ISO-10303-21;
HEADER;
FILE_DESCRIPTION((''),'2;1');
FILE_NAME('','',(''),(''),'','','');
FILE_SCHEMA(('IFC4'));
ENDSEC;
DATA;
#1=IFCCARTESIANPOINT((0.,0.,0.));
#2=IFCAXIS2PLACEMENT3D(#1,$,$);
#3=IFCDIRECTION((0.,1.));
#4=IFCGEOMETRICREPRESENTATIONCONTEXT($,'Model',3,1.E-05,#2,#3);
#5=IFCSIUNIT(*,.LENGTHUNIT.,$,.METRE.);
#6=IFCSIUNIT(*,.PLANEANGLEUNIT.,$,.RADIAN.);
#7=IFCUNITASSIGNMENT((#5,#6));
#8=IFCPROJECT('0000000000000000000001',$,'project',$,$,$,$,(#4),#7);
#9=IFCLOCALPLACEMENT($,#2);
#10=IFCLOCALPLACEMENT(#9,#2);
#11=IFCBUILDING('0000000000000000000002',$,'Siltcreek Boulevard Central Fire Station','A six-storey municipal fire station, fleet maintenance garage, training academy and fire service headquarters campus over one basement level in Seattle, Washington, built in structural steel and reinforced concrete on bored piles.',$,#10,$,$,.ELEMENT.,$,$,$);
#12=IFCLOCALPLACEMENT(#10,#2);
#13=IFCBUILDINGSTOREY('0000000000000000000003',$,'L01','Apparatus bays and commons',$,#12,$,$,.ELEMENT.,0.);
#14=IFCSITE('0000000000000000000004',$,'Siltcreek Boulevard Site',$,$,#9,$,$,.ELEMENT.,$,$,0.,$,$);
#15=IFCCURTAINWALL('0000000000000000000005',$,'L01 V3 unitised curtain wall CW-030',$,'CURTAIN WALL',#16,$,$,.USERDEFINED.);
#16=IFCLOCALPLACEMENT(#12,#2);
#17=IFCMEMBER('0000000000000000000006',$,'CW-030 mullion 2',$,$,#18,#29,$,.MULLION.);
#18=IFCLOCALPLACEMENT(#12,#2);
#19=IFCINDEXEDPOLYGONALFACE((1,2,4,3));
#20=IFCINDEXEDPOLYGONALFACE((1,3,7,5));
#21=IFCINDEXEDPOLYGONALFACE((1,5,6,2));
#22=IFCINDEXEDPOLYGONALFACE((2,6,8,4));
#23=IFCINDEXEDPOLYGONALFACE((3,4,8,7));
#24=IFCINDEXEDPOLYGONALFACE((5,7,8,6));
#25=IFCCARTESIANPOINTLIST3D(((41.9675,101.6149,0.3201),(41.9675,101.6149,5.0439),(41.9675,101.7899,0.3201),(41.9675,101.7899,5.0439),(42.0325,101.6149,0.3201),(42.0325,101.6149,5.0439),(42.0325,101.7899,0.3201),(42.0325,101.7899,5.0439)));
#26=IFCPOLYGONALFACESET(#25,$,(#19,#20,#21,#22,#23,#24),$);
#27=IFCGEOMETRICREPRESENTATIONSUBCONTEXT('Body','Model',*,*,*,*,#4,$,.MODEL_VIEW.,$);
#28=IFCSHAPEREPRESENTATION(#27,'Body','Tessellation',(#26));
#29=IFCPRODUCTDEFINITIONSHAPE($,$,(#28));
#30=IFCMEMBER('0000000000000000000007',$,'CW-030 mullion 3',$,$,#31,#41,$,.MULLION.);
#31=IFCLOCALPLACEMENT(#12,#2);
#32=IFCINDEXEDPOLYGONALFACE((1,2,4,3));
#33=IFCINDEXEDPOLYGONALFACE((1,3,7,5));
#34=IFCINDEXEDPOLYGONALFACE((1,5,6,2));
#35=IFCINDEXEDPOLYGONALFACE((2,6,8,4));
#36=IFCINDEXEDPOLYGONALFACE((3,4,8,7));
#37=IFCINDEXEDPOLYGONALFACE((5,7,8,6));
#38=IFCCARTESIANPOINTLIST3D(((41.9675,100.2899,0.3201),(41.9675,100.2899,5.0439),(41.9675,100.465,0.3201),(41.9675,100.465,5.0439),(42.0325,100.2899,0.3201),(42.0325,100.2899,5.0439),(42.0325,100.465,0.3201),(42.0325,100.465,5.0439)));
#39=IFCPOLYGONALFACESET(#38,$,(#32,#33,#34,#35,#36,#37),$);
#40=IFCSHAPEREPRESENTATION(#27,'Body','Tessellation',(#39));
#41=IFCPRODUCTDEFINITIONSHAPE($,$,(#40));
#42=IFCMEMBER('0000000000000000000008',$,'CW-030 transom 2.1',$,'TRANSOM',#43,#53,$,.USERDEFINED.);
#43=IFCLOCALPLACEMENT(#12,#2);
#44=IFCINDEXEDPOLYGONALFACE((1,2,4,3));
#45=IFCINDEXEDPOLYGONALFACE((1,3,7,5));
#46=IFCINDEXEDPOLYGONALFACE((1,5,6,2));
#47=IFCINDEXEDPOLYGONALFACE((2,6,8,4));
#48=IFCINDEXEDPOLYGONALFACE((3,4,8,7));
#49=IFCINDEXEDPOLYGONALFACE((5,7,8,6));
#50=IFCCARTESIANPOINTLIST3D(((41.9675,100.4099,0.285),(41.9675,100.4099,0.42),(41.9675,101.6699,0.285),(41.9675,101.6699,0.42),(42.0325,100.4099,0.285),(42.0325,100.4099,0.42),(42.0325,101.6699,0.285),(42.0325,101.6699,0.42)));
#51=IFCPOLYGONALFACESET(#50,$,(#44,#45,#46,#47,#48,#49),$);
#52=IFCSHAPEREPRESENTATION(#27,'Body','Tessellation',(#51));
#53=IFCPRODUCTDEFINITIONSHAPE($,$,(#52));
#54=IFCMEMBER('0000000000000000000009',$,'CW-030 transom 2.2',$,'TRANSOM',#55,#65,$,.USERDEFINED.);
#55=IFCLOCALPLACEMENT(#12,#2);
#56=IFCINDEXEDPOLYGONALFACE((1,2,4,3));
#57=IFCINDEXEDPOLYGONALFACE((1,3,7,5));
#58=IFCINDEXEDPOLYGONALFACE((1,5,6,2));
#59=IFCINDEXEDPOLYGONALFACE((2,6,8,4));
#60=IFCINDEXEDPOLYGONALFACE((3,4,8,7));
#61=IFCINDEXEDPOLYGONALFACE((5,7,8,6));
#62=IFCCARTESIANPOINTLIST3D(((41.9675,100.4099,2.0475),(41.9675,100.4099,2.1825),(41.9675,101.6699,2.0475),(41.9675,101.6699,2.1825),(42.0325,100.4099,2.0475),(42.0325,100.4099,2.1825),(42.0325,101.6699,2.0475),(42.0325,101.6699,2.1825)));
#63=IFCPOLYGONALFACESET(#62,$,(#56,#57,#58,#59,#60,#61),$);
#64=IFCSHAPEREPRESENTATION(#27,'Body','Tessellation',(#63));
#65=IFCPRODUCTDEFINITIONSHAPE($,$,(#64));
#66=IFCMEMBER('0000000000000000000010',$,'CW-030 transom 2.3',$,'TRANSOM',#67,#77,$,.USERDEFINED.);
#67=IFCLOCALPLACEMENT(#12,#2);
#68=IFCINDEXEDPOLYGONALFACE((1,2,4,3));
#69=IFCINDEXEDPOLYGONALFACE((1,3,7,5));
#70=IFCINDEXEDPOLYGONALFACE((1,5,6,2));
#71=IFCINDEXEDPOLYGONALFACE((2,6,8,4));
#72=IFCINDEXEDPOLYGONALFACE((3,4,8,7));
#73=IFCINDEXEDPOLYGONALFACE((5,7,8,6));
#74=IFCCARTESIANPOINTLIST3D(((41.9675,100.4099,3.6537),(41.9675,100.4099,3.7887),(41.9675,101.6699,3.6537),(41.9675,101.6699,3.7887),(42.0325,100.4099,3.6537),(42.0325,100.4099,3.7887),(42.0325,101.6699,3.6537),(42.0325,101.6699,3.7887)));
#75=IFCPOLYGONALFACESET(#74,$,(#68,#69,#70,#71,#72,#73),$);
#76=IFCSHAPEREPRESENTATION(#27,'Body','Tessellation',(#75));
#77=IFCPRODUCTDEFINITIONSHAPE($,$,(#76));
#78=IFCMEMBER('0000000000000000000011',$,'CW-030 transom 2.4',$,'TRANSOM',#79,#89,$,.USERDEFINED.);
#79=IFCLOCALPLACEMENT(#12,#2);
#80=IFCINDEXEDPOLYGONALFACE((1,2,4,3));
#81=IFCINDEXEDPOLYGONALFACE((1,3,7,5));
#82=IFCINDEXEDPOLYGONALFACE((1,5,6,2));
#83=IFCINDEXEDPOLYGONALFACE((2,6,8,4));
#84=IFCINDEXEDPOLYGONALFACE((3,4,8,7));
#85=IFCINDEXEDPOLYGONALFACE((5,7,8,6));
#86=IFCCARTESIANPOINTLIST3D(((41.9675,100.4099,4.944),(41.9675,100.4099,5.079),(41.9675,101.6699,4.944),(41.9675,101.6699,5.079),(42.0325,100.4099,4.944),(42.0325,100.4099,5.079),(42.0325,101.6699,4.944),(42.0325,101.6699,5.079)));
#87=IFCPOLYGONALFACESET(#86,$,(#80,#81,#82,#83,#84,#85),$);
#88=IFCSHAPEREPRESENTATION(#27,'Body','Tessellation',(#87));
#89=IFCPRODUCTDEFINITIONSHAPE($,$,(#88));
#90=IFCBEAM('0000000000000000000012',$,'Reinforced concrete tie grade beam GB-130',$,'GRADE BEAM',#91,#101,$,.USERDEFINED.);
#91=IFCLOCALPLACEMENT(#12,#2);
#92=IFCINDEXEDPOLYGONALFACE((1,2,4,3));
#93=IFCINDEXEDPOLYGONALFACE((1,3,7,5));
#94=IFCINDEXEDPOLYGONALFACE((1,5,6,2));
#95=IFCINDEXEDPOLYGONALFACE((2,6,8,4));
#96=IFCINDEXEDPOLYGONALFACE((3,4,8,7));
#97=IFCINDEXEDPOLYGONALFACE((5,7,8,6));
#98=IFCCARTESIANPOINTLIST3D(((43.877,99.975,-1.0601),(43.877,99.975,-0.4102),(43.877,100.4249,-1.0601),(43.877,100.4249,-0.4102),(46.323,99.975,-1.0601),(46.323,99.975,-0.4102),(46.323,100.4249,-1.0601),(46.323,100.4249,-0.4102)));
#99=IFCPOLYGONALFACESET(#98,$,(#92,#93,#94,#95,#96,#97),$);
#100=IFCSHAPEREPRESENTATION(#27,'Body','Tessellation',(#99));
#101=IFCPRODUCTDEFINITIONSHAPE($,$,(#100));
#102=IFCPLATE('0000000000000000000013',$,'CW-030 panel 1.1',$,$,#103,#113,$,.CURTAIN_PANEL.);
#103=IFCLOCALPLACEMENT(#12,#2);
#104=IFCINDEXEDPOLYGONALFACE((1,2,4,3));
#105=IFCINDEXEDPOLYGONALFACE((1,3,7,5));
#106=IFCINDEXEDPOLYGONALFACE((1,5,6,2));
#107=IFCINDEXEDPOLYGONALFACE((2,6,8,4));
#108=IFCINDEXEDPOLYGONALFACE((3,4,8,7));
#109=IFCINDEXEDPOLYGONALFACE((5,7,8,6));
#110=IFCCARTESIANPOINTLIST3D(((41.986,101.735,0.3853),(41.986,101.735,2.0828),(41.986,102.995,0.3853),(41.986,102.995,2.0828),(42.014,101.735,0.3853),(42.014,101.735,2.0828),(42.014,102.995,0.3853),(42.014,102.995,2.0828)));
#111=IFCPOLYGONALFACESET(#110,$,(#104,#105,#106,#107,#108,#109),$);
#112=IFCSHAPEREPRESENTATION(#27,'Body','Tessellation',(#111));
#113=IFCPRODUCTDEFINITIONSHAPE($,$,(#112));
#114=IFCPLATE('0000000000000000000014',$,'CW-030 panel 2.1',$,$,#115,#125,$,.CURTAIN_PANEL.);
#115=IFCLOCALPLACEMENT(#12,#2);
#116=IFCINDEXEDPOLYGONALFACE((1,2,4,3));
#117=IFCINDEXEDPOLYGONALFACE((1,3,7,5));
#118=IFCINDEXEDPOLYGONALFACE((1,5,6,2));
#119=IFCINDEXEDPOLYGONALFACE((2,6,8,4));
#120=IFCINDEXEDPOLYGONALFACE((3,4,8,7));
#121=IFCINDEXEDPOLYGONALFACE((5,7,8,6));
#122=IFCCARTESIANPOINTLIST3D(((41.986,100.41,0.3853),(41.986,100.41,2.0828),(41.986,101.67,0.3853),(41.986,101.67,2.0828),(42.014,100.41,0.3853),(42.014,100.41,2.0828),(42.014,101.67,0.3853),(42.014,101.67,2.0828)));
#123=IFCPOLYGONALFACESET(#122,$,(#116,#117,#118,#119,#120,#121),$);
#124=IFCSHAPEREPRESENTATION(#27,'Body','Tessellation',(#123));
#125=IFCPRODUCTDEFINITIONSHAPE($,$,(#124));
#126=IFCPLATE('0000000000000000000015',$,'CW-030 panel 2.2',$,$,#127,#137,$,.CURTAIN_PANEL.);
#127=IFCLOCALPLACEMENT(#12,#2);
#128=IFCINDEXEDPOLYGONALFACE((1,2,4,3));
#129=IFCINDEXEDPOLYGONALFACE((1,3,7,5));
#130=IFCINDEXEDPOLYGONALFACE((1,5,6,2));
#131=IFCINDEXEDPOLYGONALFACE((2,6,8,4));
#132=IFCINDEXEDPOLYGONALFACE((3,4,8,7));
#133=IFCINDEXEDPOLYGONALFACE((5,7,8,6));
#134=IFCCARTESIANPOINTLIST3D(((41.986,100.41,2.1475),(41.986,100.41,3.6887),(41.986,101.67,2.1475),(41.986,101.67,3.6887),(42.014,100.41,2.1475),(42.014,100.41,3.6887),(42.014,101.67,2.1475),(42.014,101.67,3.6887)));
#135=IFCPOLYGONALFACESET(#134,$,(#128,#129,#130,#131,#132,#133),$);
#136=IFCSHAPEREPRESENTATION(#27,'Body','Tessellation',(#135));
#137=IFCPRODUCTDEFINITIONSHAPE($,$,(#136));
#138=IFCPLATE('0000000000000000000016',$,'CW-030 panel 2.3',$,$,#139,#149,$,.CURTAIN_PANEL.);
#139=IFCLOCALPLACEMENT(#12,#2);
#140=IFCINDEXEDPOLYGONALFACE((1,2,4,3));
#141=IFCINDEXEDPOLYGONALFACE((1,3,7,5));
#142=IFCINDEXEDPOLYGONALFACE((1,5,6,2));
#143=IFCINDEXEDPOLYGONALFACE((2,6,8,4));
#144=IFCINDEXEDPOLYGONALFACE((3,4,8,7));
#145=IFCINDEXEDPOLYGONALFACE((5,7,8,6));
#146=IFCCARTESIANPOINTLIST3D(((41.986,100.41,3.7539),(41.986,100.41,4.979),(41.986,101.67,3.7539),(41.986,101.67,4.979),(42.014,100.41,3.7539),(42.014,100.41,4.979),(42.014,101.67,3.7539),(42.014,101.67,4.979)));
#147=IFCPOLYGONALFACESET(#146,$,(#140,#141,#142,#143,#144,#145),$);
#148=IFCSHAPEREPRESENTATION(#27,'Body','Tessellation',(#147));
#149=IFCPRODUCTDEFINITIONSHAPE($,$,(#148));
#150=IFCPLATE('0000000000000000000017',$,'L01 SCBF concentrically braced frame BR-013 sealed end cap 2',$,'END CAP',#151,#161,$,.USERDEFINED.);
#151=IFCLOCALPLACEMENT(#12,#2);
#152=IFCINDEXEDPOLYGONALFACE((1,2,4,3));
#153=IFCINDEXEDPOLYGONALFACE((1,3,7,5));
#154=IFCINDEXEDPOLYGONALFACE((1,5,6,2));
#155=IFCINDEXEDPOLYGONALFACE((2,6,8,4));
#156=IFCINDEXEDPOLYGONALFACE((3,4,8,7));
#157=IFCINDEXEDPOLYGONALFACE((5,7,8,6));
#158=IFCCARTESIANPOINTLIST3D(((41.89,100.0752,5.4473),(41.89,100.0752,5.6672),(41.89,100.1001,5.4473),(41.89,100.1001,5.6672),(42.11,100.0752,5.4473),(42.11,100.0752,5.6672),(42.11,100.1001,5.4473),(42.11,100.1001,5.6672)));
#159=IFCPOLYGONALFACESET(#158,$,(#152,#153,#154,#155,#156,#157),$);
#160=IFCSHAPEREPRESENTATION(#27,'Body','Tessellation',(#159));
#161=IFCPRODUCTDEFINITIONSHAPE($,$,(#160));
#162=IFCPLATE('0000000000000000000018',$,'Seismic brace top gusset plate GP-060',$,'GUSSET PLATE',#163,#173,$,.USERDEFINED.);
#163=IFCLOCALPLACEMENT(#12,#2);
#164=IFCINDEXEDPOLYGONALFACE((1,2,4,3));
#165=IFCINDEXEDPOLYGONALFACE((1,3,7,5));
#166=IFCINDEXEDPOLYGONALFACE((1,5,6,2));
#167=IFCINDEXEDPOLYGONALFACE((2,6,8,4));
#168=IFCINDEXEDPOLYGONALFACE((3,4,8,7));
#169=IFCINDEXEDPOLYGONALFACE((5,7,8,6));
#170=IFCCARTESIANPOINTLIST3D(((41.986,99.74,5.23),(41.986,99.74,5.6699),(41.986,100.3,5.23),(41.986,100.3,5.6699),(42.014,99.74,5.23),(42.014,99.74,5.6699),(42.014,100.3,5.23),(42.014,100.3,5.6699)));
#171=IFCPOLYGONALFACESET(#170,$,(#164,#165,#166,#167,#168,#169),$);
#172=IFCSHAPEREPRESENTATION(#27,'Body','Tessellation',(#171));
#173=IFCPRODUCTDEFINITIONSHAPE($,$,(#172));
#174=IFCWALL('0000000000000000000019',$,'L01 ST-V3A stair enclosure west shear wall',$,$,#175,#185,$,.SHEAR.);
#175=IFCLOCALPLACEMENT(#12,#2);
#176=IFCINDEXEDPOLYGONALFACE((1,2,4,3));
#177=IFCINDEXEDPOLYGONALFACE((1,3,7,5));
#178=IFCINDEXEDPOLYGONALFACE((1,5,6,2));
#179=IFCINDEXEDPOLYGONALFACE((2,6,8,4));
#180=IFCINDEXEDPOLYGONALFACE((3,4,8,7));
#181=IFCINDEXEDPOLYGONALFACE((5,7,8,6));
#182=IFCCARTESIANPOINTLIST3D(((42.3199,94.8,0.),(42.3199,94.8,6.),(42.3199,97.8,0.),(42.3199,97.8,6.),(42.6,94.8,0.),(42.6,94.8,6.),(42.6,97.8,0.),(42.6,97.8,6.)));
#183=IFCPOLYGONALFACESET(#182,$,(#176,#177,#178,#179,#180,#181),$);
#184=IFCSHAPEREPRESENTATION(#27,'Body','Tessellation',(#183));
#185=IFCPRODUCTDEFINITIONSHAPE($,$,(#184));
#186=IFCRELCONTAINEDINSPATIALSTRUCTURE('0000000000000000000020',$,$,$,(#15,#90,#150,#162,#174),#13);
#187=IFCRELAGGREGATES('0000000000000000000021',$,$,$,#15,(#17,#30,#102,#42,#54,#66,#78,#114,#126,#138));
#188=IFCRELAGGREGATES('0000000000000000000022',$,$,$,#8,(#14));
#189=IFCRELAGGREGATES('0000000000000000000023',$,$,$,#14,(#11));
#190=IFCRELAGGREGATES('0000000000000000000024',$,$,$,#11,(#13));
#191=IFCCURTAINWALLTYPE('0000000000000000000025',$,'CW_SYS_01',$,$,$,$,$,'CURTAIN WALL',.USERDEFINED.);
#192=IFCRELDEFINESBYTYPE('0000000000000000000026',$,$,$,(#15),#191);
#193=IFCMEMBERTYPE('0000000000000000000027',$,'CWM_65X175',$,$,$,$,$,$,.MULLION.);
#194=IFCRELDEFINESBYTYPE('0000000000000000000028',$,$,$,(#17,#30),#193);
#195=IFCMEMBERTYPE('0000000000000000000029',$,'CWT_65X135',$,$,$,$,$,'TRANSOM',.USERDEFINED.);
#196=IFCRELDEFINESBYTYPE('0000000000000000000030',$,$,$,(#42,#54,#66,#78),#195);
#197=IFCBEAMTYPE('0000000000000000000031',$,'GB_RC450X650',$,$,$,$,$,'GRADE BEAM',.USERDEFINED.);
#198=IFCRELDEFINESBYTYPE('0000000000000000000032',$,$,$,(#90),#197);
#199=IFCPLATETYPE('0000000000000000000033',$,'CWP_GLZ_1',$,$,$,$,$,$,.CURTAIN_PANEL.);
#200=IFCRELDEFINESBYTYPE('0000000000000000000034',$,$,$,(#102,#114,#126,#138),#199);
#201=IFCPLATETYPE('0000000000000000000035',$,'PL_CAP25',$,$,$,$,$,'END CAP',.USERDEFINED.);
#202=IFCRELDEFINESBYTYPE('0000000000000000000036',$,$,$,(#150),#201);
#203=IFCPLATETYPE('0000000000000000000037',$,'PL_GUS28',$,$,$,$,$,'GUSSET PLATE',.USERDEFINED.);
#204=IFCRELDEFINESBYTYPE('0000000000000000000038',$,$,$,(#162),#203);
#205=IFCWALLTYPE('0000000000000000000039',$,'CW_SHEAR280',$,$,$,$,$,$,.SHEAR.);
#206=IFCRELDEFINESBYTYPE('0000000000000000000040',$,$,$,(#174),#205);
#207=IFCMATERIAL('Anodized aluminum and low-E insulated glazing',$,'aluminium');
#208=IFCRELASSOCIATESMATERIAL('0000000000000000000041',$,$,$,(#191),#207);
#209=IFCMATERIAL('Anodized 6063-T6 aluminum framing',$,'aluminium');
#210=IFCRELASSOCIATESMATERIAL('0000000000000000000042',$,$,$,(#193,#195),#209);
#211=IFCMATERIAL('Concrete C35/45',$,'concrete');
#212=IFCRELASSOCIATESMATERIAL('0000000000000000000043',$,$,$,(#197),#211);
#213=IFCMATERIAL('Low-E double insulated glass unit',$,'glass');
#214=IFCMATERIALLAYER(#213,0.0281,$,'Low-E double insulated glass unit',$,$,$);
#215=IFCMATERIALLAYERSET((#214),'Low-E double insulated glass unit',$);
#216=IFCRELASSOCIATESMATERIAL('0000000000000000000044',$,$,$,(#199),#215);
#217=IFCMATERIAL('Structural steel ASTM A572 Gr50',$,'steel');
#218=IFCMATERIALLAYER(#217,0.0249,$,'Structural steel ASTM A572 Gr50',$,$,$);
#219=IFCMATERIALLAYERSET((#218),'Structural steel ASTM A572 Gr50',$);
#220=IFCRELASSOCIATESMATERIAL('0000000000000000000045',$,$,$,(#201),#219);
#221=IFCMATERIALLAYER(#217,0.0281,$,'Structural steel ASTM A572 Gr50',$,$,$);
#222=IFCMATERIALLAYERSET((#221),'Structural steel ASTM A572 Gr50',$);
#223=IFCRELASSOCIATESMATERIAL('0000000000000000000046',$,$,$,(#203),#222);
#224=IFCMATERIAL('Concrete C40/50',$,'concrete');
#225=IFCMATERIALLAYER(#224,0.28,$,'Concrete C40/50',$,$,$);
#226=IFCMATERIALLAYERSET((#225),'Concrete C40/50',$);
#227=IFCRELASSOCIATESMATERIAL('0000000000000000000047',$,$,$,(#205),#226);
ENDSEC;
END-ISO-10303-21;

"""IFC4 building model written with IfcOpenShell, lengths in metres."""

from ifc_helpers import new_model, si_unit, direction, frame, frame_2d, origin, origin_2d, place, context, subcontext, project, spatial, rectangle, extrude, material, layer, layer_set, material_profile, profile_set, type_object, element, aggregate, save


model = new_model("IFC4")

# Units and contexts
model_context = context("Model", 3, precision=1e-05, world=origin(), true_north=direction((0.0, 1.0)))
body_context = subcontext(model_context, "Body", "Model", "MODEL_VIEW")
ifc_project = project(units=[si_unit("LENGTHUNIT", "METRE"), si_unit("PLANEANGLEUNIT", "RADIAN")], contexts=[model_context])

# Site, building, storey
site_placement = place(None, origin())
site = spatial("IfcSite", under=ifc_project, at=site_placement, Name="Siltcreek Boulevard Site", CompositionType="ELEMENT", RefElevation=0.0)
building_placement = place(site_placement, origin())
building = spatial("IfcBuilding", under=site, at=building_placement, Name="Siltcreek Boulevard Central Fire Station", Description="A six-storey municipal fire station, fleet maintenance garage, training academy and fire service headquarters campus over one basement level in Seattle, Washington, built in structural steel and reinforced concrete on bored piles.", CompositionType="ELEMENT")
storey_placement = place(building_placement, origin())
storey = spatial("IfcBuildingStorey", under=building, at=storey_placement, Name="L01", Description="Apparatus bays and commons", CompositionType="ELEMENT", Elevation=0.0)

# Shared definitions
ifc_material_1 = material(Name="Concrete C35/45", Category="concrete")

# Curtain wall, members
ifc_material_2 = material(Name="Anodized aluminum and low-E insulated glazing", Category="aluminium")
curtain_wall_type = type_object("IfcCurtainWallType", Name="CW_SYS_01", ElementType="CURTAIN WALL", PredefinedType="USERDEFINED", material=ifc_material_2)
curtain_wall_placement = place(storey_placement, origin())
curtain_wall = element("IfcCurtainWall", 1, at=curtain_wall_placement, inside=storey, type_object=curtain_wall_type, Name="L01 V3 unitised curtain wall CW-030", ObjectType="CURTAIN WALL", PredefinedType="USERDEFINED")
ifc_material_3 = material(Name="Anodized 6063-T6 aluminum framing", Category="aluminium")
ifc_material_profile_1 = material_profile(ifc_material_3, rectangle(XDim=0.0649, YDim=0.175, at=origin_2d()), Name="MULL65X175")
ifc_profile_set_1 = profile_set([ifc_material_profile_1], Name="Anodized 6063-T6 aluminum framing")
member_type_1 = type_object("IfcMemberType", Name="CWM_65X175", PredefinedType="MULLION", material=ifc_profile_set_1)
member_1_placement = place(storey_placement, frame((42.0, 101.7024, 0.3201), z_axis=(0.0, 0.0, 1.0), x_axis=(1.0, 0.0, 0.0)))
member_1 = element("IfcMember", 2, at=member_1_placement, type_object=member_type_1, Name="CW-030 mullion 2", PredefinedType="MULLION", context=body_context, shape_type="SweptSolid", body=[
    extrude(rectangle(XDim=0.0649, YDim=0.175, at=origin_2d()), origin(), (0.0, 0.0, 1.0), 4.7239),
])
member_2_placement = place(storey_placement, frame((42.0, 100.3774, 0.3201), z_axis=(0.0, 0.0, 1.0), x_axis=(1.0, 0.0, 0.0)))
member_2 = element("IfcMember", 3, at=member_2_placement, type_object=member_type_1, Name="CW-030 mullion 3", PredefinedType="MULLION", context=body_context, shape_type="SweptSolid", body=[
    extrude(rectangle(XDim=0.0649, YDim=0.175, at=origin_2d()), origin(), (0.0, 0.0, 1.0), 4.7239),
])
ifc_material_profile_2 = material_profile(ifc_material_3, rectangle(XDim=0.0649, YDim=0.135, at=origin_2d()), Name="TRAN65X135")
ifc_profile_set_2 = profile_set([ifc_material_profile_2], Name="Anodized 6063-T6 aluminum framing")
member_type_2 = type_object("IfcMemberType", Name="CWT_65X135", ElementType="TRANSOM", PredefinedType="USERDEFINED", material=ifc_profile_set_2)
member_3_placement = place(storey_placement, frame((42.0, 101.6699, 0.3525), z_axis=(0.0, -1.0, 0.0), x_axis=(1.0, 0.0, 0.0)))
member_3 = element("IfcMember", 4, at=member_3_placement, type_object=member_type_2, Name="CW-030 transom 2.1", ObjectType="TRANSOM", PredefinedType="USERDEFINED", context=body_context, shape_type="SweptSolid", body=[
    extrude(rectangle(XDim=0.0649, YDim=0.135, at=origin_2d()), origin(), (0.0, 0.0, 1.0), 1.26),
])
member_4_placement = place(storey_placement, frame((42.0, 101.6699, 2.115), z_axis=(0.0, -1.0, 0.0), x_axis=(1.0, 0.0, 0.0)))
member_4 = element("IfcMember", 5, at=member_4_placement, type_object=member_type_2, Name="CW-030 transom 2.2", ObjectType="TRANSOM", PredefinedType="USERDEFINED", context=body_context, shape_type="SweptSolid", body=[
    extrude(rectangle(XDim=0.0649, YDim=0.135, at=origin_2d()), origin(), (0.0, 0.0, 1.0), 1.26),
])
member_5_placement = place(storey_placement, frame((42.0, 101.6699, 3.7212), z_axis=(0.0, -1.0, 0.0), x_axis=(1.0, 0.0, 0.0)))
member_5 = element("IfcMember", 6, at=member_5_placement, type_object=member_type_2, Name="CW-030 transom 2.3", ObjectType="TRANSOM", PredefinedType="USERDEFINED", context=body_context, shape_type="SweptSolid", body=[
    extrude(rectangle(XDim=0.0649, YDim=0.135, at=origin_2d()), origin(), (0.0, 0.0, 1.0), 1.26),
])
member_6_placement = place(storey_placement, frame((42.0, 101.6699, 5.0115), z_axis=(0.0, -1.0, 0.0), x_axis=(1.0, 0.0, 0.0)))
member_6 = element("IfcMember", 7, at=member_6_placement, type_object=member_type_2, Name="CW-030 transom 2.4", ObjectType="TRANSOM", PredefinedType="USERDEFINED", context=body_context, shape_type="SweptSolid", body=[
    extrude(rectangle(XDim=0.0649, YDim=0.135, at=origin_2d()), origin(), (0.0, 0.0, 1.0), 1.26),
])

# Beam
ifc_material_profile_3 = material_profile(ifc_material_1, rectangle(XDim=0.45, YDim=0.6499, at=origin_2d()), Name="RC450X650")
ifc_profile_set_3 = profile_set([ifc_material_profile_3], Name="Concrete C35/45")
beam_type = type_object("IfcBeamType", Name="GB_RC450X650", ElementType="GRADE BEAM", PredefinedType="USERDEFINED", material=ifc_profile_set_3)
beam_placement = place(storey_placement, frame((43.877, 100.2, -0.7351), z_axis=(1.0, 0.0, 0.0), x_axis=(0.0, 1.0, 0.0)))
element("IfcBeam", 8, at=beam_placement, inside=storey, type_object=beam_type, Name="Reinforced concrete tie grade beam GB-130", ObjectType="GRADE BEAM", PredefinedType="USERDEFINED", context=body_context, shape_type="SweptSolid", body=[
    extrude(rectangle(XDim=0.45, YDim=0.6499, at=origin_2d()), origin(), (0.0, 0.0, 1.0), 2.446),
])

# Plates
ifc_material_4 = material(Name="Low-E double insulated glass unit", Category="glass")
ifc_layer_1 = layer(ifc_material_4, 0.0281, Name="Low-E double insulated glass unit")
ifc_layer_set_1 = layer_set([ifc_layer_1], Name="Low-E double insulated glass unit")
plate_type_1 = type_object("IfcPlateType", Name="CWP_GLZ_1", PredefinedType="CURTAIN_PANEL", material=ifc_layer_set_1)
plate_1_placement = place(storey_placement, frame((42.0, 102.365, 0.3853), z_axis=(0.0, 0.0, 1.0), x_axis=(0.0, -1.0, 0.0)))
plate_1 = element("IfcPlate", 9, at=plate_1_placement, type_object=plate_type_1, Name="CW-030 panel 1.1", PredefinedType="CURTAIN_PANEL", context=body_context, shape_type="SweptSolid", body=[
    extrude(rectangle(XDim=1.26, YDim=0.0281, at=origin_2d()), origin(), (0.0, 0.0, 1.0), 1.6975),
])
plate_2_placement = place(storey_placement, frame((42.0, 101.04, 0.3853), z_axis=(0.0, 0.0, 1.0), x_axis=(0.0, -1.0, 0.0)))
plate_2 = element("IfcPlate", 10, at=plate_2_placement, type_object=plate_type_1, Name="CW-030 panel 2.1", PredefinedType="CURTAIN_PANEL", context=body_context, shape_type="SweptSolid", body=[
    extrude(rectangle(XDim=1.26, YDim=0.0281, at=origin_2d()), origin(), (0.0, 0.0, 1.0), 1.6975),
])
plate_3_placement = place(storey_placement, frame((42.0, 101.04, 2.1475), z_axis=(0.0, 0.0, 1.0), x_axis=(0.0, -1.0, 0.0)))
plate_3 = element("IfcPlate", 11, at=plate_3_placement, type_object=plate_type_1, Name="CW-030 panel 2.2", PredefinedType="CURTAIN_PANEL", context=body_context, shape_type="SweptSolid", body=[
    extrude(rectangle(XDim=1.26, YDim=0.0281, at=origin_2d()), origin(), (0.0, 0.0, 1.0), 1.5413),
])
plate_4_placement = place(storey_placement, frame((42.0, 101.04, 3.7539), z_axis=(0.0, 0.0, 1.0), x_axis=(0.0, -1.0, 0.0)))
plate_4 = element("IfcPlate", 12, at=plate_4_placement, type_object=plate_type_1, Name="CW-030 panel 2.3", PredefinedType="CURTAIN_PANEL", context=body_context, shape_type="SweptSolid", body=[
    extrude(rectangle(XDim=1.26, YDim=0.0281, at=origin_2d()), origin(), (0.0, 0.0, 1.0), 1.2251),
])
aggregate(curtain_wall, [member_1, member_2, plate_1, member_3, member_4, member_5, member_6, plate_2, plate_3, plate_4])

# Plates
ifc_material_5 = material(Name="Structural steel ASTM A572 Gr50", Category="steel")
ifc_layer_2 = layer(ifc_material_5, 0.0249, Name="Structural steel ASTM A572 Gr50")
ifc_layer_set_2 = layer_set([ifc_layer_2], Name="Structural steel ASTM A572 Gr50")
plate_type_2 = type_object("IfcPlateType", Name="PL_CAP25", ElementType="END CAP", PredefinedType="USERDEFINED", material=ifc_layer_set_2)
plate_5_placement = place(storey_placement, frame((42.0, 100.0876, 5.4473), z_axis=(0.0, 0.0, 1.0), x_axis=(0.0, 1.0, 0.0)))
element("IfcPlate", 13, at=plate_5_placement, inside=storey, type_object=plate_type_2, Name="L01 SCBF concentrically braced frame BR-013 sealed end cap 2", ObjectType="END CAP", PredefinedType="USERDEFINED", context=body_context, shape_type="SweptSolid", body=[
    extrude(rectangle(XDim=0.0249, YDim=0.22, at=origin_2d()), origin(), (0.0, 0.0, 1.0), 0.22),
])
ifc_layer_3 = layer(ifc_material_5, 0.0281, Name="Structural steel ASTM A572 Gr50")
ifc_layer_set_3 = layer_set([ifc_layer_3], Name="Structural steel ASTM A572 Gr50")
plate_type_3 = type_object("IfcPlateType", Name="PL_GUS28", ElementType="GUSSET PLATE", PredefinedType="USERDEFINED", material=ifc_layer_set_3)
plate_6_placement = place(storey_placement, frame((42.0, 100.02, 5.23), z_axis=(0.0, 0.0, 1.0), x_axis=(0.0, 1.0, 0.0)))
element("IfcPlate", 14, at=plate_6_placement, inside=storey, type_object=plate_type_3, Name="Seismic brace top gusset plate GP-060", ObjectType="GUSSET PLATE", PredefinedType="USERDEFINED", context=body_context, shape_type="SweptSolid", body=[
    extrude(rectangle(XDim=0.5601, YDim=0.0281, at=origin_2d()), origin(), (0.0, 0.0, 1.0), 0.4399),
])

# Wall
ifc_material_6 = material(Name="Concrete C40/50", Category="concrete")
ifc_layer_4 = layer(ifc_material_6, 0.28, Name="Concrete C40/50")
ifc_layer_set_4 = layer_set([ifc_layer_4], Name="Concrete C40/50")
wall_type_1 = type_object("IfcWallType", Name="CW_SHEAR280", PredefinedType="SHEAR", material=ifc_layer_set_4)
wall_1_placement = place(storey_placement, frame((42.46, 97.8, 0.0), z_axis=(0.0, 0.0, 1.0), x_axis=(0.0, -1.0, 0.0)))
element("IfcWall", 15, at=wall_1_placement, inside=storey, type_object=wall_type_1, Name="L01 ST-V3A stair enclosure west shear wall", PredefinedType="SHEAR", context=body_context, shape_type="SweptSolid", body=[
    extrude(rectangle(XDim=3.0, YDim=0.28, at=frame_2d((1.5, 0.0))), origin(), (0.0, 0.0, 1.0), 6.0),
])

save(model, "model.ifc")
